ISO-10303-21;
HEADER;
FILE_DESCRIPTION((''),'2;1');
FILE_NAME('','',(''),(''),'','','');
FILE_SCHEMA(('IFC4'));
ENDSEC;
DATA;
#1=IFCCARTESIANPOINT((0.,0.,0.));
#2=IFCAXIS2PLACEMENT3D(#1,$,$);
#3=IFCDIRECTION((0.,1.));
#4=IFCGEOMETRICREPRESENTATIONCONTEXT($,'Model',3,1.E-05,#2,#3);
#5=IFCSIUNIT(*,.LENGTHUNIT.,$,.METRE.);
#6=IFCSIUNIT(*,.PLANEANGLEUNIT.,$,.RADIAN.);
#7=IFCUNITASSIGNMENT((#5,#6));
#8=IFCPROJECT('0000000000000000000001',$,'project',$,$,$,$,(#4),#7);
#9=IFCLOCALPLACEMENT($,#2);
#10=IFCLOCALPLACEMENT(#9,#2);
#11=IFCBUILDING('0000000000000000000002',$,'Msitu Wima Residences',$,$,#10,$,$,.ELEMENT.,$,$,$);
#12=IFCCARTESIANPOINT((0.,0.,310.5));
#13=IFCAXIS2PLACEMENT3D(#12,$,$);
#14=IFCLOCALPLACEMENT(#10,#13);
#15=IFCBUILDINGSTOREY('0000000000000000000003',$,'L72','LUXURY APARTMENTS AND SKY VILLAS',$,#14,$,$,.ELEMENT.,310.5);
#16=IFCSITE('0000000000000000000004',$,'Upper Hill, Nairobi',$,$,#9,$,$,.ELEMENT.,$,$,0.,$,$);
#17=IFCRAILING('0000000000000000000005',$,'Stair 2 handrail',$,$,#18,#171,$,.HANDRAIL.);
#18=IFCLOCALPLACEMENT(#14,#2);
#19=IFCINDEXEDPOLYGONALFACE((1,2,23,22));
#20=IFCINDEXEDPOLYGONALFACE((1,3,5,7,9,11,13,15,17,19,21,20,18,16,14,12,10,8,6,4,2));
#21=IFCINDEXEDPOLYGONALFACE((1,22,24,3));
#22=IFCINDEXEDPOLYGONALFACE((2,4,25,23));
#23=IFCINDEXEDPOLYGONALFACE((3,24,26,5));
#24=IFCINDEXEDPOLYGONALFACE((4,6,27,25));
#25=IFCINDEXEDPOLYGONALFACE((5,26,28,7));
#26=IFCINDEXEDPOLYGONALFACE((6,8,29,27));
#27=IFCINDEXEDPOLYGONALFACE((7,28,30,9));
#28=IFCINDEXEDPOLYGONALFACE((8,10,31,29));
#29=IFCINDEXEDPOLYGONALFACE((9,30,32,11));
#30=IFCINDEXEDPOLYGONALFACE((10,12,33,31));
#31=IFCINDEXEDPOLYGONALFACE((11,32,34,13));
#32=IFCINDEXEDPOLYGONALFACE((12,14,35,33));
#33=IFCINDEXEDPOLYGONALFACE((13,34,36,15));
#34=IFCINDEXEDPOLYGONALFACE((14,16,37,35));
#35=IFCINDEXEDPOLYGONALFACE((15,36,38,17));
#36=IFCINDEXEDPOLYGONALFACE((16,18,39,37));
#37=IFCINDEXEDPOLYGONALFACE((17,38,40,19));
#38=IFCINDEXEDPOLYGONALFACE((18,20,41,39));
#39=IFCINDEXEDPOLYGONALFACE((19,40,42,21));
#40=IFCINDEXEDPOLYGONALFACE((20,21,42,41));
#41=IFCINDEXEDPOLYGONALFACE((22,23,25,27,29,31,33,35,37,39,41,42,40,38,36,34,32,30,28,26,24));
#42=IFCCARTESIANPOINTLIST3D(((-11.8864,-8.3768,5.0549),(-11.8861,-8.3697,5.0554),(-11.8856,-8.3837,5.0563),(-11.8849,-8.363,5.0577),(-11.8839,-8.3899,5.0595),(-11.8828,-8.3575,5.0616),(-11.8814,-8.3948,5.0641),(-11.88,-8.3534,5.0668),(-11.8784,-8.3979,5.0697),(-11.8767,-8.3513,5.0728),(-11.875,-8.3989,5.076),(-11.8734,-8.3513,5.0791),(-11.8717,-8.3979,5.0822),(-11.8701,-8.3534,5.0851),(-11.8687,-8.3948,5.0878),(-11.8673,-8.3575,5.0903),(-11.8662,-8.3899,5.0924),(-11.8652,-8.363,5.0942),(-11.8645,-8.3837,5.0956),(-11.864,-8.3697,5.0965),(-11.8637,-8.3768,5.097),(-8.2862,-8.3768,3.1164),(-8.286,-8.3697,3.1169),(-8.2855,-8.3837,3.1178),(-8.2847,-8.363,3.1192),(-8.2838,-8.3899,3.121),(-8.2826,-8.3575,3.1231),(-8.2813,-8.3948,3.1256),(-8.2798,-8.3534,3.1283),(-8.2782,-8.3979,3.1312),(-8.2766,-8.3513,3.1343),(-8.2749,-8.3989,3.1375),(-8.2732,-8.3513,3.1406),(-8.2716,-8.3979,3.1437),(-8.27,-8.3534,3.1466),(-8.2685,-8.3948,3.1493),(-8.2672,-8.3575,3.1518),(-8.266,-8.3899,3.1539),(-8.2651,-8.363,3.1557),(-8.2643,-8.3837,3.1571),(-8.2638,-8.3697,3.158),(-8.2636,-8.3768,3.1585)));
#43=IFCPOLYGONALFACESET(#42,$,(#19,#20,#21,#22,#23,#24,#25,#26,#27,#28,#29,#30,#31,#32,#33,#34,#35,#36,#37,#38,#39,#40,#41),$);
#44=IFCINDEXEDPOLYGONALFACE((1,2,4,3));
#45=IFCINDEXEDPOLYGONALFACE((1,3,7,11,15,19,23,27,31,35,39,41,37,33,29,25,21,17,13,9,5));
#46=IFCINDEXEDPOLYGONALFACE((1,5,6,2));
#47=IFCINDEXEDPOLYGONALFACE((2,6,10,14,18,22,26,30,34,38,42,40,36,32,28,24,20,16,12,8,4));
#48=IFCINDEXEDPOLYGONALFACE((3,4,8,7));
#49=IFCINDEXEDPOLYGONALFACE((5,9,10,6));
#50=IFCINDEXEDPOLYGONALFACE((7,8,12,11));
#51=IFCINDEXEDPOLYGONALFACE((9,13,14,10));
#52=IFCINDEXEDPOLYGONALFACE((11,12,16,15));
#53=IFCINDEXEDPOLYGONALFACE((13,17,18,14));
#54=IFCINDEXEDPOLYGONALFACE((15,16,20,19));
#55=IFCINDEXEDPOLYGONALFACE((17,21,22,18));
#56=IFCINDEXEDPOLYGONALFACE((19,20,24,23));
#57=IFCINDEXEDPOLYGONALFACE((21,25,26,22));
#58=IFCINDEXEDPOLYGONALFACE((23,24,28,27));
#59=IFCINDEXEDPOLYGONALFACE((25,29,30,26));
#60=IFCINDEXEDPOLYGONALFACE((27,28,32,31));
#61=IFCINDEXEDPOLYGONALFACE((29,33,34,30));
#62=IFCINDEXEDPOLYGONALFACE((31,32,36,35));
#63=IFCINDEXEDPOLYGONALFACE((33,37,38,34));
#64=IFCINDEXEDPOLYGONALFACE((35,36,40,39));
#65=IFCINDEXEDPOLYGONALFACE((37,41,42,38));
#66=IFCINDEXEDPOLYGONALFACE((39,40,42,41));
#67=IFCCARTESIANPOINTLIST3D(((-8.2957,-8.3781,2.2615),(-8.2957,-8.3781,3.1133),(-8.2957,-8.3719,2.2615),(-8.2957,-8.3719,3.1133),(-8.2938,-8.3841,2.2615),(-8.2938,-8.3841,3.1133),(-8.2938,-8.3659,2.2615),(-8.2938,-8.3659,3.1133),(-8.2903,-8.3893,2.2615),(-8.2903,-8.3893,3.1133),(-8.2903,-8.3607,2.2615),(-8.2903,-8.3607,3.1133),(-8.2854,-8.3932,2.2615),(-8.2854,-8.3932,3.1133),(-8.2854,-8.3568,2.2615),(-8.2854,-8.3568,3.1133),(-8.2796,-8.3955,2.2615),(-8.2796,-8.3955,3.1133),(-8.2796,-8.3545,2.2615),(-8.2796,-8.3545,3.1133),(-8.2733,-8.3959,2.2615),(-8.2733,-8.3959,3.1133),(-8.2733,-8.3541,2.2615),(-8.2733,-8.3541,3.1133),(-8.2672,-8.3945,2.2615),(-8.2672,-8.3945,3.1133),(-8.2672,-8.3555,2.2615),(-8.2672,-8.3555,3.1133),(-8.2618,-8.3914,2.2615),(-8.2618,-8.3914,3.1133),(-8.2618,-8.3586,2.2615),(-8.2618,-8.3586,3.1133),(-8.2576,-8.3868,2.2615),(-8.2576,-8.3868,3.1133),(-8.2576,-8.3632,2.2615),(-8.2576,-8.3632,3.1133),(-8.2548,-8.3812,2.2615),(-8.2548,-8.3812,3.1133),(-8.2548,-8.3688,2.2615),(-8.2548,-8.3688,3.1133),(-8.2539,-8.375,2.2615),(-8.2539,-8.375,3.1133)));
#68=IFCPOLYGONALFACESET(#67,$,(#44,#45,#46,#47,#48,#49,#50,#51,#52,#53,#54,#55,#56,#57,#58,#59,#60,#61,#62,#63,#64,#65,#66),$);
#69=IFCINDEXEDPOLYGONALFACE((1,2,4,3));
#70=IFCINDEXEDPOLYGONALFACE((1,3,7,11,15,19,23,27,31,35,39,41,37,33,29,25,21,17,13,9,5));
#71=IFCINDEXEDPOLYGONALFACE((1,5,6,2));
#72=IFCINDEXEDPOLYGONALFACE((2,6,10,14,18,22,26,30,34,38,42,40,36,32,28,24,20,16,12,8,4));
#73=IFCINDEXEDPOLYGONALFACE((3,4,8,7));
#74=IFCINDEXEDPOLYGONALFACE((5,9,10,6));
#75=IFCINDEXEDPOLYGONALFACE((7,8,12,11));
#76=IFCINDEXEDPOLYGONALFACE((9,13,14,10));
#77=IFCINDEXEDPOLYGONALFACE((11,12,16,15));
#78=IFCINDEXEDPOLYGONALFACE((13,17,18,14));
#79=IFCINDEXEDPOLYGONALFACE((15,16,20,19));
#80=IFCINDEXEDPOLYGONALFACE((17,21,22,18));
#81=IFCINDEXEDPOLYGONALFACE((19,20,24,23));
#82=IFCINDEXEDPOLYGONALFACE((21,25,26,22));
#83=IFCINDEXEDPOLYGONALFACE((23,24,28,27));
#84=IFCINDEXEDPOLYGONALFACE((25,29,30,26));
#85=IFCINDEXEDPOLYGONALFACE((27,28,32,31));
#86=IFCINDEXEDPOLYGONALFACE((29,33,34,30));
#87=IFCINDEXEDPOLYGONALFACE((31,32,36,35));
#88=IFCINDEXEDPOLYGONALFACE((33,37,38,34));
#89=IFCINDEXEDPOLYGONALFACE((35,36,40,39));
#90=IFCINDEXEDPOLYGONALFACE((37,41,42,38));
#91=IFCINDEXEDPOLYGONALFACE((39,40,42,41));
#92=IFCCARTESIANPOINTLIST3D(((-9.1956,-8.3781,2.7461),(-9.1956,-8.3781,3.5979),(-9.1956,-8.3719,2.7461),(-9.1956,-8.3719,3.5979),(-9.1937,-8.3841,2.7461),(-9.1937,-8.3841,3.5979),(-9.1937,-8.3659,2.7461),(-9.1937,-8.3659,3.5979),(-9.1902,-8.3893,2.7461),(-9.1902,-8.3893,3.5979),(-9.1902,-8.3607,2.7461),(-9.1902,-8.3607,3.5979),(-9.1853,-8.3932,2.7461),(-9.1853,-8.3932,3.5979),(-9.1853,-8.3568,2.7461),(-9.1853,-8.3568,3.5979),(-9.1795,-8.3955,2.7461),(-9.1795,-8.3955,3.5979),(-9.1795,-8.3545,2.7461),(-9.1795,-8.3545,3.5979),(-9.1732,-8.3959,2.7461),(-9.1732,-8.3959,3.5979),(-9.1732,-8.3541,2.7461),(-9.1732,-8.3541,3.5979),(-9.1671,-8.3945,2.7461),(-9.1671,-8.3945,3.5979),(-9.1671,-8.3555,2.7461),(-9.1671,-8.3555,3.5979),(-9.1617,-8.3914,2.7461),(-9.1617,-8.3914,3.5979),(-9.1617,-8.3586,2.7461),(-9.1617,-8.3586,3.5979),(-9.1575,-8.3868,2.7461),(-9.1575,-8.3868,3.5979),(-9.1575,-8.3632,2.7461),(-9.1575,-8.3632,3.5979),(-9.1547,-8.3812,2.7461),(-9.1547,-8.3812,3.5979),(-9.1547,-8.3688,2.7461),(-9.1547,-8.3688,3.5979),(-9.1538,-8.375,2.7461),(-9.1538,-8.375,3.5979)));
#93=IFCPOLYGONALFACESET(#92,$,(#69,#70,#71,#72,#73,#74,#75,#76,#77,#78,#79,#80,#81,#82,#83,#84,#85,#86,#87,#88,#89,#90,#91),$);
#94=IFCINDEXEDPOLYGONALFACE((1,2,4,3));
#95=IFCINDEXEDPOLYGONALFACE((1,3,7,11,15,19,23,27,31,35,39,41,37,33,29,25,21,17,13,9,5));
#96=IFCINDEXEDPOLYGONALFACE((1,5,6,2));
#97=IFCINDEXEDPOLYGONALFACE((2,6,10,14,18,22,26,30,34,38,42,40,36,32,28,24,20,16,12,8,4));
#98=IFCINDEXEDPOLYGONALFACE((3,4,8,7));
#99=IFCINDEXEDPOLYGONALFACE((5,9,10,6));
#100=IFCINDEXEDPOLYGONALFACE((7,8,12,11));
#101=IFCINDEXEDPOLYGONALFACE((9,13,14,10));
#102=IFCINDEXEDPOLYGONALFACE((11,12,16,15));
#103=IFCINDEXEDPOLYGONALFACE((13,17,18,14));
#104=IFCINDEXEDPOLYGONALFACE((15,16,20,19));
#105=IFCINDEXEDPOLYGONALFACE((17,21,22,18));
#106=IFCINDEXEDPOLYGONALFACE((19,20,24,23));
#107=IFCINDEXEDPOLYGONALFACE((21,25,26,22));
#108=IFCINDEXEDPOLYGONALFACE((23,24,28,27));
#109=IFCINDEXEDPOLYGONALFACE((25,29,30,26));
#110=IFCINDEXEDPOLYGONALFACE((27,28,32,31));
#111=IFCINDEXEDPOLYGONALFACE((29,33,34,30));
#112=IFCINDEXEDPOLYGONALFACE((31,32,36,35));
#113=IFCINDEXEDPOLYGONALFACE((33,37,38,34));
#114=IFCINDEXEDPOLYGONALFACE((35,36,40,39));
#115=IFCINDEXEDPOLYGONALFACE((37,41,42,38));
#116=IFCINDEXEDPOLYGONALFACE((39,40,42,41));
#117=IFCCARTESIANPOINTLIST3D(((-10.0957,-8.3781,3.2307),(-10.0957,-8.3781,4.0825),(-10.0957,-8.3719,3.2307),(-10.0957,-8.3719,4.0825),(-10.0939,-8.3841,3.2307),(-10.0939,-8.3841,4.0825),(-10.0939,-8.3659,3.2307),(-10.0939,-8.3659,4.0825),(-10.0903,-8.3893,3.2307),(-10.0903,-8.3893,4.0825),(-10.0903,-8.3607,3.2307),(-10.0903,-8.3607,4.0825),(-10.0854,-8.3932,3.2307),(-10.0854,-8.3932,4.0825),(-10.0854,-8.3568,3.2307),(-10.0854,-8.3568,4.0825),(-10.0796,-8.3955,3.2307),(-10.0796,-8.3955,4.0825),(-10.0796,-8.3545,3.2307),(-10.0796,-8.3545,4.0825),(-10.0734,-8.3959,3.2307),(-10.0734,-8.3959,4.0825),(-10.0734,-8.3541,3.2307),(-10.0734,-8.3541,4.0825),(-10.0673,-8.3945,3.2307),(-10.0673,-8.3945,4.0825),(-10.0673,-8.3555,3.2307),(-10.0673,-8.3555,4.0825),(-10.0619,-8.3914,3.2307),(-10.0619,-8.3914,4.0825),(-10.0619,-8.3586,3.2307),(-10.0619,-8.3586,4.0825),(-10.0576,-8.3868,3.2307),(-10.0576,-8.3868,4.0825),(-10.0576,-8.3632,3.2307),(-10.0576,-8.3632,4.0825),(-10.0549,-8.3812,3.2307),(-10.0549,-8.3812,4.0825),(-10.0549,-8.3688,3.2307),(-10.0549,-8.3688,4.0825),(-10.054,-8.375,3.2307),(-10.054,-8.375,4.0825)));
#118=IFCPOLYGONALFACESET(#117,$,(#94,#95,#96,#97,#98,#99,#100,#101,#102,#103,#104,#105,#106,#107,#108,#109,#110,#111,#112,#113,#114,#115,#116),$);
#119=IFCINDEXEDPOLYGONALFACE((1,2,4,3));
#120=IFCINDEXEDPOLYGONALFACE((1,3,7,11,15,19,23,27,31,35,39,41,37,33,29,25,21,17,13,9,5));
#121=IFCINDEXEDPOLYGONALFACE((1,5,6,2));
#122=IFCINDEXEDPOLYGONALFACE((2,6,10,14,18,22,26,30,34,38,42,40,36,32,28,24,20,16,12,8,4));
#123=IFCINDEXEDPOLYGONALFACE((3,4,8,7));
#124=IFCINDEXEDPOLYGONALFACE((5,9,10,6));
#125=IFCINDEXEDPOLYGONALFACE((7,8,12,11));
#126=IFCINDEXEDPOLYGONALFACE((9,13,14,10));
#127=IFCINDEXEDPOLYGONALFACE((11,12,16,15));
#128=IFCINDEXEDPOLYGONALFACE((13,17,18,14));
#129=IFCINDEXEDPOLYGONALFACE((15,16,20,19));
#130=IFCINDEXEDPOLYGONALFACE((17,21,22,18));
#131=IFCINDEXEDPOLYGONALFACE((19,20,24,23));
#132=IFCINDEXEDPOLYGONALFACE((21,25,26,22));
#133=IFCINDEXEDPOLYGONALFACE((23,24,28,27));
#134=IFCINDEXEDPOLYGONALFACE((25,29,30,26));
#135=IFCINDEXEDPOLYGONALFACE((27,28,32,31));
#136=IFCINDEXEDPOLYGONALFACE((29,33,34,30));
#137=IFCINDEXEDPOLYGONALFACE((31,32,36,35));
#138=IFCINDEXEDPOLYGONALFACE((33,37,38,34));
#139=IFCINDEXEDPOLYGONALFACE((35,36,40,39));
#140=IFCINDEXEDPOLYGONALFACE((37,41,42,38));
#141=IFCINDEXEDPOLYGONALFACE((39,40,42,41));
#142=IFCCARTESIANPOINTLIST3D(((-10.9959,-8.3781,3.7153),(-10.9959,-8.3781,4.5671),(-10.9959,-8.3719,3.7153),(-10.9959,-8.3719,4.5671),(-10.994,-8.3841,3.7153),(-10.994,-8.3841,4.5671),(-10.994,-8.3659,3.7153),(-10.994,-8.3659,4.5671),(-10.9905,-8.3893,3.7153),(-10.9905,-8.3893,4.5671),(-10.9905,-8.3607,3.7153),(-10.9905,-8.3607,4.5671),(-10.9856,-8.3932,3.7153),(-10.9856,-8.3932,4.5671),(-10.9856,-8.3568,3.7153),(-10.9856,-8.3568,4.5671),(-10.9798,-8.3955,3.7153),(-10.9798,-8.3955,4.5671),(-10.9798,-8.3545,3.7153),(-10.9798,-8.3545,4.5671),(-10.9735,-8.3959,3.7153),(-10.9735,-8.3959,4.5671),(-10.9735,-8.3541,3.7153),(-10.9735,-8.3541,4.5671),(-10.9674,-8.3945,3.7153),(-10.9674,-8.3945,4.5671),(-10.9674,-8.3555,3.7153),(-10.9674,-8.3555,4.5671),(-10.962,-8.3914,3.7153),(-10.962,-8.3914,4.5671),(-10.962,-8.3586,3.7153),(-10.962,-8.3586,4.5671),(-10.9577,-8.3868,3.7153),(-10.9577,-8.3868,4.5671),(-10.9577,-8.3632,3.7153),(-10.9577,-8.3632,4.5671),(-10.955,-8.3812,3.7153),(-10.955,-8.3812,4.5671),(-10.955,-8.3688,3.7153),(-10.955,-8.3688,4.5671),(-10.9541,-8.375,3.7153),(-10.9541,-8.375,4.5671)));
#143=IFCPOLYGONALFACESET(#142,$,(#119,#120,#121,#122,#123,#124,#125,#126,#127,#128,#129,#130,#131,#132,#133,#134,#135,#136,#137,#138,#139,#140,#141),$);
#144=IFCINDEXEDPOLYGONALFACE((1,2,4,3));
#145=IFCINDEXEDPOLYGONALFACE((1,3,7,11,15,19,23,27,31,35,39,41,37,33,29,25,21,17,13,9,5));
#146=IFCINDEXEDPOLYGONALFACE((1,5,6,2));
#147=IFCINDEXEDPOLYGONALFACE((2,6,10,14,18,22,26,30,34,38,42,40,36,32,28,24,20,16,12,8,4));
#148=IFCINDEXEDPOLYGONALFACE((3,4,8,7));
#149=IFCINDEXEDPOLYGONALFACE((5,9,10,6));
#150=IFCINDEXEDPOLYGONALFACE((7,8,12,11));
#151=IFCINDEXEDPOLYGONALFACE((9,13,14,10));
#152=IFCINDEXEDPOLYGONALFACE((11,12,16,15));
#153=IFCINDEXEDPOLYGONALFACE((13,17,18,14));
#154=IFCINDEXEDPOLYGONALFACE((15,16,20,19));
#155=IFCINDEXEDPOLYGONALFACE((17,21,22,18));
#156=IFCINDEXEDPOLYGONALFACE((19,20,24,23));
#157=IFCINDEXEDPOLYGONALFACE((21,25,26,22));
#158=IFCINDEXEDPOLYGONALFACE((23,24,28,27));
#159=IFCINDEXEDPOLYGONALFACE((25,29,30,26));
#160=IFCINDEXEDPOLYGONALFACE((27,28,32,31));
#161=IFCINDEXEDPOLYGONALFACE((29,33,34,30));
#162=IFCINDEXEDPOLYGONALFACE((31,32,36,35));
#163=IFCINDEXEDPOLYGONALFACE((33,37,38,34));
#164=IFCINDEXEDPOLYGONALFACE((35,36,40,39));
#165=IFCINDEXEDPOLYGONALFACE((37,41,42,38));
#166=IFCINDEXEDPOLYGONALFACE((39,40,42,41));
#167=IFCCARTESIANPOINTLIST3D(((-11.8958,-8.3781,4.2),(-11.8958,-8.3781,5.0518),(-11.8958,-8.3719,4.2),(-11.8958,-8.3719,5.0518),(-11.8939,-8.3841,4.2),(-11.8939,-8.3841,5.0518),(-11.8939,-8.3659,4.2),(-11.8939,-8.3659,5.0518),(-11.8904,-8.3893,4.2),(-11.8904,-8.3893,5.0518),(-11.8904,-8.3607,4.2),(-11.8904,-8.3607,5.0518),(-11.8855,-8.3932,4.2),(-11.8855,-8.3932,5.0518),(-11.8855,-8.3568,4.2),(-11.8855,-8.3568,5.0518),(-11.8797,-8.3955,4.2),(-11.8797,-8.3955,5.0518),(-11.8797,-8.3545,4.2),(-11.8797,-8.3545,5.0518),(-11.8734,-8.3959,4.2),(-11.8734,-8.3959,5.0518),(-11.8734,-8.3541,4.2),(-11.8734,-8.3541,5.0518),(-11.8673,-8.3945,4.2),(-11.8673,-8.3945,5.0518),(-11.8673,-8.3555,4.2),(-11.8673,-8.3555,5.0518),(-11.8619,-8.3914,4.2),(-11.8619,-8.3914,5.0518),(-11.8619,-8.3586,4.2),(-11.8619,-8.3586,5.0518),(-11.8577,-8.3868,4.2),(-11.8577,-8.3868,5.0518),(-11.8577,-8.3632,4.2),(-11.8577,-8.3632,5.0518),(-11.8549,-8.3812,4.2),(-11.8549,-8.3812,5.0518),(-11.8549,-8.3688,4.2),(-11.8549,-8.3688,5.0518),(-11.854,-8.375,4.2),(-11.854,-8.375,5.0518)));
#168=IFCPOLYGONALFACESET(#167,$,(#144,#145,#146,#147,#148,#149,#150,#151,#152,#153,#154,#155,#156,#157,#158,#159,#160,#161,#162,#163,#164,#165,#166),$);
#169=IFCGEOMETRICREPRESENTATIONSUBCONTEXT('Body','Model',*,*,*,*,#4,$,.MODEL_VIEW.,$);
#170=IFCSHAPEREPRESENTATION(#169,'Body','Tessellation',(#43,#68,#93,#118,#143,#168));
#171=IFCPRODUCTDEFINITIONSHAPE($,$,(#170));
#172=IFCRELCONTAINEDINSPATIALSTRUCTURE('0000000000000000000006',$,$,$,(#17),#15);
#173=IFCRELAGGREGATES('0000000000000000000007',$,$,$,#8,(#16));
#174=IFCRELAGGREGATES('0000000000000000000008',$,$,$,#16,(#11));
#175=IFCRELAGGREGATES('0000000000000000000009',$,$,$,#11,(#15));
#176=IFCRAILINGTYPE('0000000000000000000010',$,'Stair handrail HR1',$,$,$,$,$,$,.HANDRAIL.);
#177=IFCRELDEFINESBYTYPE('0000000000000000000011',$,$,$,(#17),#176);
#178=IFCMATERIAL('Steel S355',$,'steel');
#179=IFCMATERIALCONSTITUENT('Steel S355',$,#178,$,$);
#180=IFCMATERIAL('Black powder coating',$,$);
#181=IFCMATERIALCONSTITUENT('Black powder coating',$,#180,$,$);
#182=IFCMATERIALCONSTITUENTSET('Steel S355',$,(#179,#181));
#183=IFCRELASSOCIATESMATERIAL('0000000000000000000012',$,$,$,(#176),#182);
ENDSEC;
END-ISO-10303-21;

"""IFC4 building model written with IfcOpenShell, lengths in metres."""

from ifc_helpers import new_model, si_unit, direction, frame, origin, origin_2d, place, context, subcontext, project, spatial, circle, extrude, material, constituent, constituent_set, type_object, element, save


model = new_model("IFC4")

# Units and contexts
model_context = context("Model", 3, precision=1e-05, world=origin(), true_north=direction((0.0, 1.0)))
body_context = subcontext(model_context, "Body", "Model", "MODEL_VIEW")
ifc_project = project(units=[si_unit("LENGTHUNIT", "METRE"), si_unit("PLANEANGLEUNIT", "RADIAN")], contexts=[model_context])

# Site, building, storey
site_placement = place(None, origin())
site = spatial("IfcSite", under=ifc_project, at=site_placement, Name="Upper Hill, Nairobi", CompositionType="ELEMENT", RefElevation=0.0)
building_placement = place(site_placement, origin())
building = spatial("IfcBuilding", under=site, at=building_placement, Name="Msitu Wima Residences", CompositionType="ELEMENT")
storey_placement = place(building_placement, frame((0.0, 0.0, 310.5)))
storey = spatial("IfcBuildingStorey", under=building, at=storey_placement, Name="L72", Description="LUXURY APARTMENTS AND SKY VILLAS", CompositionType="ELEMENT", Elevation=310.5)

# Railing
ifc_material_1 = material(Name="Steel S355", Category="steel")
ifc_constituent_1 = constituent(ifc_material_1, Name="Steel S355")
ifc_material_2 = material(Name="Black powder coating")
ifc_constituent_2 = constituent(ifc_material_2, Name="Black powder coating")
ifc_constituent_set = constituent_set(constituents=[ifc_constituent_1, ifc_constituent_2], Name="Steel S355")
railing_type = type_object("IfcRailingType", Name="Stair handrail HR1", PredefinedType="HANDRAIL", material=ifc_constituent_set)
for number, where, name in (
    (1, (-8.2749, -8.375, 2.2615), "Stair 2 handrail"),
):
    element("IfcRailing", number, at=place(storey_placement, frame(where)), inside=storey, type_object=railing_type, Name=name, PredefinedType="HANDRAIL", context=body_context, shape_type="SweptSolid", body=[
        extrude(circle(Radius=0.0239, at=origin_2d()), frame((0.0, 0.0, 0.876), z_axis=(-0.880475, 0.0, 0.474093), x_axis=(0.0, -1.0, 0.0)), (0.0, 0.0, 1.0), 4.0889),
        extrude(circle(Radius=0.021, at=origin_2d()), origin(), (0.0, 0.0, 1.0), 0.8518),
        extrude(circle(Radius=0.021, at=origin_2d()), frame((-0.8999, 0.0, 0.4846)), (0.0, 0.0, 1.0), 0.8518),
        extrude(circle(Radius=0.021, at=origin_2d()), frame((-1.8, 0.0, 0.9692)), (0.0, 0.0, 1.0), 0.8518),
        extrude(circle(Radius=0.021, at=origin_2d()), frame((-2.7002, 0.0, 1.4539)), (0.0, 0.0, 1.0), 0.8518),
        extrude(circle(Radius=0.021, at=origin_2d()), frame((-3.6001, 0.0, 1.9385)), (0.0, 0.0, 1.0), 0.8518),
    ])

save(model, "model.ifc")
